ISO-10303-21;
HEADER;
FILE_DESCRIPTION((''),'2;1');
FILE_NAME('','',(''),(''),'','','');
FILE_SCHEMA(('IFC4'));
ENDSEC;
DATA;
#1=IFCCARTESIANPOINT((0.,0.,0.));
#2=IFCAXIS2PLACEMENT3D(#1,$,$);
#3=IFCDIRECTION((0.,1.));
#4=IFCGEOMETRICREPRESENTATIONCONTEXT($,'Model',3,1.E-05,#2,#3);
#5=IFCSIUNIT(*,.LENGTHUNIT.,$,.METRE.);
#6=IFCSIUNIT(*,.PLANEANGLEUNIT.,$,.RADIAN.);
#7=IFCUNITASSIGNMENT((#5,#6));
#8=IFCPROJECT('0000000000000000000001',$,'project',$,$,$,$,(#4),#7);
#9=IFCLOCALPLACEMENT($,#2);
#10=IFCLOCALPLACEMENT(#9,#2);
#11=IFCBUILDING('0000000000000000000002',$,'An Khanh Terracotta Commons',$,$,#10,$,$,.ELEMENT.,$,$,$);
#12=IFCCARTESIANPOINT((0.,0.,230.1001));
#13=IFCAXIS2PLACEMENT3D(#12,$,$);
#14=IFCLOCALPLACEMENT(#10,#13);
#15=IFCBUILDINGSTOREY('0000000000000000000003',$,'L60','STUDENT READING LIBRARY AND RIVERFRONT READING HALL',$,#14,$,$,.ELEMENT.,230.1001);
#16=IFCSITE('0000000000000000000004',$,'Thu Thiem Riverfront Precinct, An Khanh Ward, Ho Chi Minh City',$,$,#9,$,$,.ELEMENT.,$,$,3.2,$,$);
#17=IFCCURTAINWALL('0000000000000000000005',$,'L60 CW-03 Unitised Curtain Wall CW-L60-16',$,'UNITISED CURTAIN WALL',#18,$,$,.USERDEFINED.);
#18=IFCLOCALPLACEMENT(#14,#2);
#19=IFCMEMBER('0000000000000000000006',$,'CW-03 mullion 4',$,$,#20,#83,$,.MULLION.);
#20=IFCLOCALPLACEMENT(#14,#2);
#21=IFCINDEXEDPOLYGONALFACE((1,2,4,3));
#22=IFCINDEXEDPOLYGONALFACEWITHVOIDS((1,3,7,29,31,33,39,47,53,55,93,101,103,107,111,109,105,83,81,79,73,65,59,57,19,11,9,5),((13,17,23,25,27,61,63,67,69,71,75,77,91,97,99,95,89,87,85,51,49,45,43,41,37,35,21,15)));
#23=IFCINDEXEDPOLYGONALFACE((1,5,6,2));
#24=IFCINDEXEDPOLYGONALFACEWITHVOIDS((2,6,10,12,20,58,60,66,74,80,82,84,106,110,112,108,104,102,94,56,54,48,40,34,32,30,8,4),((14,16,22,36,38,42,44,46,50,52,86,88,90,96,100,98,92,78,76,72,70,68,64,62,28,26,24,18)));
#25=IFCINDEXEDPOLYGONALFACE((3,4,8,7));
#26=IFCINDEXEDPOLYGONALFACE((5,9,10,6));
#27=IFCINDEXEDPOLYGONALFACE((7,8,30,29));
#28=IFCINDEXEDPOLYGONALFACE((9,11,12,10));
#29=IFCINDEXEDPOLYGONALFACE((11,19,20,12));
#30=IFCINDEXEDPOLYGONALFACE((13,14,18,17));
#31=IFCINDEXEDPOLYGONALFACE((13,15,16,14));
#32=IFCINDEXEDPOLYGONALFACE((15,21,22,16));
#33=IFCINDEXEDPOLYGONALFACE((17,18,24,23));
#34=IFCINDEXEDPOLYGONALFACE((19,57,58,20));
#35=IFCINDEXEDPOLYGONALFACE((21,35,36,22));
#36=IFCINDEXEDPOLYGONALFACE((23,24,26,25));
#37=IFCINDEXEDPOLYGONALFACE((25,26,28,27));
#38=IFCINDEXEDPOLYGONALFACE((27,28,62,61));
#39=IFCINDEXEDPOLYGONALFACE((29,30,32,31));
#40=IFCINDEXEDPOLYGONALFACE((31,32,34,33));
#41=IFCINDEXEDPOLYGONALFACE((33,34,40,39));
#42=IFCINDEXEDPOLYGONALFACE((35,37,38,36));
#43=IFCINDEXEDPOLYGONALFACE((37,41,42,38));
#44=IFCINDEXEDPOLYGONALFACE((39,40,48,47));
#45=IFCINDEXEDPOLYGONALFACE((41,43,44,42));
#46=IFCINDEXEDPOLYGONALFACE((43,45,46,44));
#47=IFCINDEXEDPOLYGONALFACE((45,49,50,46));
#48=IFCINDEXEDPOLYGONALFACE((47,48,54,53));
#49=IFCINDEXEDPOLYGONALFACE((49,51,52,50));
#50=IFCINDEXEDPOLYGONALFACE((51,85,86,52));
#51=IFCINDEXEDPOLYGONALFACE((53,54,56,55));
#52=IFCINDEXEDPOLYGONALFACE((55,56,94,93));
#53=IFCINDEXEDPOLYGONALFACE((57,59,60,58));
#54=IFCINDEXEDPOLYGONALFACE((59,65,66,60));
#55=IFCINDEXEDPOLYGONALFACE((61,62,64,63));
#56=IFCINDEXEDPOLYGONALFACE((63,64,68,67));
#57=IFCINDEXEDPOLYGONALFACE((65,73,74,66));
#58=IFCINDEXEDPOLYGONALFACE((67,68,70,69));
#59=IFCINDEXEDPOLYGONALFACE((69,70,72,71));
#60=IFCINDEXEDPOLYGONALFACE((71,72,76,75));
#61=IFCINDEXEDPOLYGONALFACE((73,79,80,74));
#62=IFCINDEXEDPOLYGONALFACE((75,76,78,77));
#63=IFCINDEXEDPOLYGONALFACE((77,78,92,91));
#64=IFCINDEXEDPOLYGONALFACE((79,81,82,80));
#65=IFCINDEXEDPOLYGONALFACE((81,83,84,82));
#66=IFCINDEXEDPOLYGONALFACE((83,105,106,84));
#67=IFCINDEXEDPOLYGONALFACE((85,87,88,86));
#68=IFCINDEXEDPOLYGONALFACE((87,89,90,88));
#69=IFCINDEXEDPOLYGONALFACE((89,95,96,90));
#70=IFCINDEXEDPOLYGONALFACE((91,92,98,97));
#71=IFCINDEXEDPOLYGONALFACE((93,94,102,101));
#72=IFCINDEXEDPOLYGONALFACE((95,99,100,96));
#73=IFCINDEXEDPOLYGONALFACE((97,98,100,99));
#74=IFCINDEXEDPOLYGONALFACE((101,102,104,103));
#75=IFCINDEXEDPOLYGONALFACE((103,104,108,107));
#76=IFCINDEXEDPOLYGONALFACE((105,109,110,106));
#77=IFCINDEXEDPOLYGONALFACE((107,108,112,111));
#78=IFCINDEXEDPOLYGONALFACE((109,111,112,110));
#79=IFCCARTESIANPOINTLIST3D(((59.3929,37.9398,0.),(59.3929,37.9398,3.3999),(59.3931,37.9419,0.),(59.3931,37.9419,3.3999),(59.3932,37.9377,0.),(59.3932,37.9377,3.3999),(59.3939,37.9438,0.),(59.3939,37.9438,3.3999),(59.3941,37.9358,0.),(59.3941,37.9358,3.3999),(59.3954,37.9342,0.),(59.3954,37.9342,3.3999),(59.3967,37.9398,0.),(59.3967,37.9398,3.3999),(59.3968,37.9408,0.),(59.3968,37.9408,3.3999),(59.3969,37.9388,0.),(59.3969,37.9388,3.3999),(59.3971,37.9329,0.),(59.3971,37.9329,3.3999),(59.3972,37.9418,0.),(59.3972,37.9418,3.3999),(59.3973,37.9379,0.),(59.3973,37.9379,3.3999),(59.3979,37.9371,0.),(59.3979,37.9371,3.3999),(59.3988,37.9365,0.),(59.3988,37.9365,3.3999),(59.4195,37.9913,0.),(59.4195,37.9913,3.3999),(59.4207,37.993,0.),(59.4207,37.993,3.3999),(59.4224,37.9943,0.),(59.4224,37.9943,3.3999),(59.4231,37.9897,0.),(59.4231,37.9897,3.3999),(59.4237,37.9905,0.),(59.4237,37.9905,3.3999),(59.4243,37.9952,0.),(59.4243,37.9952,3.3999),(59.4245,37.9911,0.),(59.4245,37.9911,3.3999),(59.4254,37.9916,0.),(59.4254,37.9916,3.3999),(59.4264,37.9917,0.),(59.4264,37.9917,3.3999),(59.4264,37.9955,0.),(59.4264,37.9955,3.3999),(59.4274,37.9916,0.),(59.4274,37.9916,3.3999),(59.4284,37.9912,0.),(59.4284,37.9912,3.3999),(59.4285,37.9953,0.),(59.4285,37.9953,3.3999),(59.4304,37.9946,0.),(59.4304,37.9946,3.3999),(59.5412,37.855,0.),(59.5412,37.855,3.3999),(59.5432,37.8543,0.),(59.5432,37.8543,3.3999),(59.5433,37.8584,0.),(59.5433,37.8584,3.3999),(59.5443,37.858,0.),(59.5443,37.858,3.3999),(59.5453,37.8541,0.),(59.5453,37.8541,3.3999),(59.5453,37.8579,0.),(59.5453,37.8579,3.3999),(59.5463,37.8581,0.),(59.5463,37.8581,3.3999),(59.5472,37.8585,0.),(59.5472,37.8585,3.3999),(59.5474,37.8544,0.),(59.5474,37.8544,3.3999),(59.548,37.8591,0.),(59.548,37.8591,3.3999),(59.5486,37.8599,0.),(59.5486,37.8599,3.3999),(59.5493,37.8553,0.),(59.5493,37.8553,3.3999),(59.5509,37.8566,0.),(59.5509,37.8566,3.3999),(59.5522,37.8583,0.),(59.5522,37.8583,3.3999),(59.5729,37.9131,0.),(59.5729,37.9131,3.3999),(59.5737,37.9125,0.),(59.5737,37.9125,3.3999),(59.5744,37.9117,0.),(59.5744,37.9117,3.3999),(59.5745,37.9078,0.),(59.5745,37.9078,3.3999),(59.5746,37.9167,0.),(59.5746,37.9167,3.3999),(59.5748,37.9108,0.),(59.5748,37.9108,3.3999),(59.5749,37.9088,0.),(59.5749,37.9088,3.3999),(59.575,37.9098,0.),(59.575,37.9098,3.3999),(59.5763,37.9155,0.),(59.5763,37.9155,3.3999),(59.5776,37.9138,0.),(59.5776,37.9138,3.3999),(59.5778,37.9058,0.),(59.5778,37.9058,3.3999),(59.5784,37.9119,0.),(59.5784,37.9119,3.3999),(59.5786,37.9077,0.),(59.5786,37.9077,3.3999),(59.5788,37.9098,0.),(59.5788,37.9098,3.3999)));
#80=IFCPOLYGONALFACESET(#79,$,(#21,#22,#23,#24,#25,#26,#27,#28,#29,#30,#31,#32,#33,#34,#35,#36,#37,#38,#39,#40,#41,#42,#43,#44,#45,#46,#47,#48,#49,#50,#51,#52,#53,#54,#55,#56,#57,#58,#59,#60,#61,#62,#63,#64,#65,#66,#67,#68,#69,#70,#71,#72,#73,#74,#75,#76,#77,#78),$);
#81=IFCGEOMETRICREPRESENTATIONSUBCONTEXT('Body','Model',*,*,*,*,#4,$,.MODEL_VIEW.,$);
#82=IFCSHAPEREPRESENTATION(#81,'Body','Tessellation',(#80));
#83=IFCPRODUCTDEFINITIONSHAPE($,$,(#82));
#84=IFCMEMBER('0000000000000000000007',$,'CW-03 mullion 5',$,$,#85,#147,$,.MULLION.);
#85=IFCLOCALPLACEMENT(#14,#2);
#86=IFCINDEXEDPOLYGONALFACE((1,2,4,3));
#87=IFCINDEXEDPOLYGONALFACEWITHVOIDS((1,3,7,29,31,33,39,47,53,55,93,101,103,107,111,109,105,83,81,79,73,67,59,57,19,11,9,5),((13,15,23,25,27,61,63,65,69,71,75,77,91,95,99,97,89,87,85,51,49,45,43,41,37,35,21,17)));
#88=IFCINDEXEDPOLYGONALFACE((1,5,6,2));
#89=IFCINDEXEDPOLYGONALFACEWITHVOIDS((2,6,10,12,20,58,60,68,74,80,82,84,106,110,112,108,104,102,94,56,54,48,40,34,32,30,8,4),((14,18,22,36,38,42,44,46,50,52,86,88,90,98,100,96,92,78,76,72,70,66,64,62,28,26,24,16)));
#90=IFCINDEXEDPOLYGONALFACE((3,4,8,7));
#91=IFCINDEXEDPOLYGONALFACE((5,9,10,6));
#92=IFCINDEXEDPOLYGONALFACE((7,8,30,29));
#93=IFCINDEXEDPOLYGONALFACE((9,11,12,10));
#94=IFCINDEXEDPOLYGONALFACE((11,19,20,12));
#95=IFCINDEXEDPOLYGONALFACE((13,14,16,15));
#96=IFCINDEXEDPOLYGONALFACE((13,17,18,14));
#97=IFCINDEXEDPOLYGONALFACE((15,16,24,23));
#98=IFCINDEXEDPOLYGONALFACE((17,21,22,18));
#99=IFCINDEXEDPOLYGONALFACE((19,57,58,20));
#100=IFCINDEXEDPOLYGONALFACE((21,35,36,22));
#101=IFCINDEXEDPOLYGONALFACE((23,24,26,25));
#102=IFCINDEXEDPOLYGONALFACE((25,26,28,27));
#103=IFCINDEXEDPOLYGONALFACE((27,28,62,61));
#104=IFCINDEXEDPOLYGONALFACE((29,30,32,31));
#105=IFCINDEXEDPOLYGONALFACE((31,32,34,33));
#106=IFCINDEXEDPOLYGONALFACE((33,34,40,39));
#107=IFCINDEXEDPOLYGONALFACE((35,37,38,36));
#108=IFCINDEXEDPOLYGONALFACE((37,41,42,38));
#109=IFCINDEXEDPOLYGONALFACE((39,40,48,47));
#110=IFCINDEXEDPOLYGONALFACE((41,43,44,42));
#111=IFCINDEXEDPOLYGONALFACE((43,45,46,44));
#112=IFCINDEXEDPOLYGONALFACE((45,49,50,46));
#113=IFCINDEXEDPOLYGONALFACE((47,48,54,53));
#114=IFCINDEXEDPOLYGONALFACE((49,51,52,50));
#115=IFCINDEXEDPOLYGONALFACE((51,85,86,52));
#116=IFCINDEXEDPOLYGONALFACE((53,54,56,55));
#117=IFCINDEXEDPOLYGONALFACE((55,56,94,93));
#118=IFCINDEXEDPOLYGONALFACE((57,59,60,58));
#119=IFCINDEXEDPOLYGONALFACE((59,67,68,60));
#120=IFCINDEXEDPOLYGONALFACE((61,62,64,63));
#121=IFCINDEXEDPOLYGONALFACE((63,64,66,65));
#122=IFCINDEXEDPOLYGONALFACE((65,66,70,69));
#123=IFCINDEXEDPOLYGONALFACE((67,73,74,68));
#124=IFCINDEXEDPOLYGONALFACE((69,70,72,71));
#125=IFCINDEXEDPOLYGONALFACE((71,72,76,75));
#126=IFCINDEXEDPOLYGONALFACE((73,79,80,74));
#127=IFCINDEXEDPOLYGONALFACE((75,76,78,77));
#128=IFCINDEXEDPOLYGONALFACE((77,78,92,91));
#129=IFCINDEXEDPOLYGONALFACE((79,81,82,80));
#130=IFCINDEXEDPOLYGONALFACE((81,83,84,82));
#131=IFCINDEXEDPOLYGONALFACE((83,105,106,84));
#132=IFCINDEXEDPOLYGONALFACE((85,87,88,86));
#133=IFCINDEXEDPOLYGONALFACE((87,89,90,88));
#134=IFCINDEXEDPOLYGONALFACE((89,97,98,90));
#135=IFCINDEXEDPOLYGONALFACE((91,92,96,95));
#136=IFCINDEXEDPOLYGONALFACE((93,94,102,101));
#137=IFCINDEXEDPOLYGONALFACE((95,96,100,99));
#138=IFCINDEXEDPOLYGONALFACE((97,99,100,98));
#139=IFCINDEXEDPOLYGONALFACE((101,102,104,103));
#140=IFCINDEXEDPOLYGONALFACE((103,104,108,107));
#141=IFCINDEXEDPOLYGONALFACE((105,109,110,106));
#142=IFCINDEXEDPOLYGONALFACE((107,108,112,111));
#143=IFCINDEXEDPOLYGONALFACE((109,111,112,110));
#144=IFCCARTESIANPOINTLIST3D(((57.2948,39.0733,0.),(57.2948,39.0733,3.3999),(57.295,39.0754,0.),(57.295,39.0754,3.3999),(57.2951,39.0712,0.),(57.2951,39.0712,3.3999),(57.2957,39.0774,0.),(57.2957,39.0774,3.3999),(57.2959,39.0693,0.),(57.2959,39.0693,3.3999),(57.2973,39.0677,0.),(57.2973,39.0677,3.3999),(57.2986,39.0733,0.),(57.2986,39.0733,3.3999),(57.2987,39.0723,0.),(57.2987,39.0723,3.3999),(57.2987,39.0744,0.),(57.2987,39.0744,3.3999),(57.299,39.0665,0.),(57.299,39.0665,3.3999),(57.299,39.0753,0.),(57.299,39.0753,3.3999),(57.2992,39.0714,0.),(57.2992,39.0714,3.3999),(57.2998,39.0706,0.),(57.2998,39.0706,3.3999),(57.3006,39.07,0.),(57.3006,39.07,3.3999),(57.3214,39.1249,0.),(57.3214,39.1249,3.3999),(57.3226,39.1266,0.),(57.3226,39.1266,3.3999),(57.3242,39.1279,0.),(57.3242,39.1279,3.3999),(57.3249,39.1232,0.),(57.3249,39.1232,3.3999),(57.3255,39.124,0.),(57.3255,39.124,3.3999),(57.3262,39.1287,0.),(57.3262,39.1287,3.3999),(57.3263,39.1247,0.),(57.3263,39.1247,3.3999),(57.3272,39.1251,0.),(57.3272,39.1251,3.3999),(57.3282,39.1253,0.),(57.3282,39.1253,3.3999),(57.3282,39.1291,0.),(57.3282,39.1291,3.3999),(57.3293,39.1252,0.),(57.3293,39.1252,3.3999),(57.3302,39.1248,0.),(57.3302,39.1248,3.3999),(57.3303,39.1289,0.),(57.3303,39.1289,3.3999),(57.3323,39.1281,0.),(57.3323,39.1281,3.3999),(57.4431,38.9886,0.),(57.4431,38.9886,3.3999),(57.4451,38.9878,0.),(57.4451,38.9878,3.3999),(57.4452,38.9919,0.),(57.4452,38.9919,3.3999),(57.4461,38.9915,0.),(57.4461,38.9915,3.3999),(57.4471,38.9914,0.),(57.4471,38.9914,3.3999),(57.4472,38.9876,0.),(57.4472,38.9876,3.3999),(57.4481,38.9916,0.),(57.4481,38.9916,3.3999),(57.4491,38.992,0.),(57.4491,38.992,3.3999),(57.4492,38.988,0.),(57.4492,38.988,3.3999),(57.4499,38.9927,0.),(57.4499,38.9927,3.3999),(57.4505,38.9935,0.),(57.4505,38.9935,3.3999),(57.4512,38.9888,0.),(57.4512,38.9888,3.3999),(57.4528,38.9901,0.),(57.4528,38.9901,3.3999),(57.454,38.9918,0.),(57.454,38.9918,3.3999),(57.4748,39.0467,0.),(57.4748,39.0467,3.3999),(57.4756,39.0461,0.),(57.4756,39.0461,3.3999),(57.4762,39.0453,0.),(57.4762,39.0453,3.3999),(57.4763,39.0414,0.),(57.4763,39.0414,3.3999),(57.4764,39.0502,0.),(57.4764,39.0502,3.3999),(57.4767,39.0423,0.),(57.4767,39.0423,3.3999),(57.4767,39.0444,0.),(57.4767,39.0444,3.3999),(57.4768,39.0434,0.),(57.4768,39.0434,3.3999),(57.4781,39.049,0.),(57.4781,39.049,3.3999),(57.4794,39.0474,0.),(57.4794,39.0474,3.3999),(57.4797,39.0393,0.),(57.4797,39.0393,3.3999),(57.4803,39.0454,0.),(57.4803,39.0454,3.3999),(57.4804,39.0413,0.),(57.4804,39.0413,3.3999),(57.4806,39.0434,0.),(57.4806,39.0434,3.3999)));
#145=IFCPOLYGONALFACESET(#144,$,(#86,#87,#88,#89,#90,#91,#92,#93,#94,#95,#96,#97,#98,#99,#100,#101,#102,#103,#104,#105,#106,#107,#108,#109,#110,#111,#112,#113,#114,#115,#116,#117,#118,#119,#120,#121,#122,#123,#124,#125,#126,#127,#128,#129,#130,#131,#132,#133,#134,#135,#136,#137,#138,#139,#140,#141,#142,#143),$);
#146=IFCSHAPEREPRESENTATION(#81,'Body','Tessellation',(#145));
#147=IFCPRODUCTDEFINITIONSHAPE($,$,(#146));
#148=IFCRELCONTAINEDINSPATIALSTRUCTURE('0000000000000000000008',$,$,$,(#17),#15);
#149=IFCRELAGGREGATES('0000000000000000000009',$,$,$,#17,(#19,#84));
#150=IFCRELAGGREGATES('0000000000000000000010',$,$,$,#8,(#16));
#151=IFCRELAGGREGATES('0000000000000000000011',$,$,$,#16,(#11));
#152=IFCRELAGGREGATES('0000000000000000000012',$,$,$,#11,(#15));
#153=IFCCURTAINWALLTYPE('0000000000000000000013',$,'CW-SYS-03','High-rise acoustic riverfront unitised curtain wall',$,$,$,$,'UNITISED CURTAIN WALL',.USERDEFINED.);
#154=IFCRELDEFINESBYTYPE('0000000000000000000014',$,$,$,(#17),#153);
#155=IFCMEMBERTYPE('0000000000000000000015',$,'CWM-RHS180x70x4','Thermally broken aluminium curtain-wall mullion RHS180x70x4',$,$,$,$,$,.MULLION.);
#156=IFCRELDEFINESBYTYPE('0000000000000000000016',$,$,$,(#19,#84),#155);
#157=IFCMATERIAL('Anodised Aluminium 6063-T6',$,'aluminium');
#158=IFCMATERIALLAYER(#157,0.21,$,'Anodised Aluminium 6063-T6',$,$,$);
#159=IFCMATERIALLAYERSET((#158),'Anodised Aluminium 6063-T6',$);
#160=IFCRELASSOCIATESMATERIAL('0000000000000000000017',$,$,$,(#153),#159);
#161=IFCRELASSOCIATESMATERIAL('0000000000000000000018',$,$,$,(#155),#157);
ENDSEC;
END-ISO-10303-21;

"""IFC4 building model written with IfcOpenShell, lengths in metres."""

from ifc_helpers import new_model, si_unit, direction, frame, origin, origin_2d, place, context, subcontext, project, spatial, hollow_rectangle, extrude, material, layer, layer_set, material_profile, profile_set, type_object, element, aggregate, save


model = new_model("IFC4")

# Units and contexts
model_context = context("Model", 3, precision=1e-05, world=origin(), true_north=direction((0.0, 1.0)))
body_context = subcontext(model_context, "Body", "Model", "MODEL_VIEW")
ifc_project = project(units=[si_unit("LENGTHUNIT", "METRE"), si_unit("PLANEANGLEUNIT", "RADIAN")], contexts=[model_context])

# Site, building, storey
site_placement = place(None, origin())
site = spatial("IfcSite", under=ifc_project, at=site_placement, Name="Thu Thiem Riverfront Precinct, An Khanh Ward, Ho Chi Minh City", CompositionType="ELEMENT", RefElevation=3.2)
building_placement = place(site_placement, origin())
building = spatial("IfcBuilding", under=site, at=building_placement, Name="An Khanh Terracotta Commons", CompositionType="ELEMENT")
storey_placement = place(building_placement, frame((0.0, 0.0, 230.1001)))
storey = spatial("IfcBuildingStorey", under=building, at=storey_placement, Name="L60", Description="STUDENT READING LIBRARY AND RIVERFRONT READING HALL", CompositionType="ELEMENT", Elevation=230.1001)

# Curtain wall, members
ifc_material_1 = material(Name="Anodised Aluminium 6063-T6", Category="aluminium")
ifc_layer_1 = layer(ifc_material_1, 0.21, Name="Anodised Aluminium 6063-T6")
ifc_layer_set_1 = layer_set([ifc_layer_1], Name="Anodised Aluminium 6063-T6")
curtain_wall_type = type_object("IfcCurtainWallType", Name="CW-SYS-03", Description="High-rise acoustic riverfront unitised curtain wall", ElementType="UNITISED CURTAIN WALL", PredefinedType="USERDEFINED", material=ifc_layer_set_1)
curtain_wall_placement = place(storey_placement, origin())
curtain_wall = element("IfcCurtainWall", 1, at=curtain_wall_placement, inside=storey, type_object=curtain_wall_type, Name="L60 CW-03 Unitised Curtain Wall CW-L60-16", ObjectType="UNITISED CURTAIN WALL", PredefinedType="USERDEFINED")
ifc_material_profile_1 = material_profile(ifc_material_1, hollow_rectangle(XDim=0.0701, YDim=0.1799, WallThickness=0.0039, InnerFilletRadius=0.0039, OuterFilletRadius=0.0081, at=origin_2d()), Name="RHS180x70x4")
ifc_profile_set_1 = profile_set([ifc_material_profile_1], Name="Anodised Aluminium 6063-T6")
member_type_1 = type_object("IfcMemberType", Name="CWM-RHS180x70x4", Description="Thermally broken aluminium curtain-wall mullion RHS180x70x4", PredefinedType="MULLION", material=ifc_profile_set_1)
member_1_placement = place(storey_placement, frame((59.4858, 37.9248, 0.0), z_axis=(0.0, 0.0, 1.0), x_axis=(-0.475381, -0.87978, 0.0)))
member_1 = element("IfcMember", 2, at=member_1_placement, type_object=member_type_1, Name="CW-03 mullion 4", PredefinedType="MULLION", context=body_context, shape_type="SweptSolid", body=[
    extrude(hollow_rectangle(XDim=0.0701, YDim=0.1799, WallThickness=0.0039, InnerFilletRadius=0.0039, OuterFilletRadius=0.0081, at=origin_2d()), origin(), (0.0, 0.0, 1.0), 3.3999),
])
member_2_placement = place(storey_placement, frame((57.3877, 39.0583, 0.0), z_axis=(0.0, 0.0, 1.0), x_axis=(-0.475381, -0.87978, 0.0)))
member_2 = element("IfcMember", 3, at=member_2_placement, type_object=member_type_1, Name="CW-03 mullion 5", PredefinedType="MULLION", context=body_context, shape_type="SweptSolid", body=[
    extrude(hollow_rectangle(XDim=0.0701, YDim=0.1799, WallThickness=0.0039, InnerFilletRadius=0.0039, OuterFilletRadius=0.0081, at=origin_2d()), origin(), (0.0, 0.0, 1.0), 3.3999),
])
aggregate(curtain_wall, [member_1, member_2])

save(model, "model.ifc")
